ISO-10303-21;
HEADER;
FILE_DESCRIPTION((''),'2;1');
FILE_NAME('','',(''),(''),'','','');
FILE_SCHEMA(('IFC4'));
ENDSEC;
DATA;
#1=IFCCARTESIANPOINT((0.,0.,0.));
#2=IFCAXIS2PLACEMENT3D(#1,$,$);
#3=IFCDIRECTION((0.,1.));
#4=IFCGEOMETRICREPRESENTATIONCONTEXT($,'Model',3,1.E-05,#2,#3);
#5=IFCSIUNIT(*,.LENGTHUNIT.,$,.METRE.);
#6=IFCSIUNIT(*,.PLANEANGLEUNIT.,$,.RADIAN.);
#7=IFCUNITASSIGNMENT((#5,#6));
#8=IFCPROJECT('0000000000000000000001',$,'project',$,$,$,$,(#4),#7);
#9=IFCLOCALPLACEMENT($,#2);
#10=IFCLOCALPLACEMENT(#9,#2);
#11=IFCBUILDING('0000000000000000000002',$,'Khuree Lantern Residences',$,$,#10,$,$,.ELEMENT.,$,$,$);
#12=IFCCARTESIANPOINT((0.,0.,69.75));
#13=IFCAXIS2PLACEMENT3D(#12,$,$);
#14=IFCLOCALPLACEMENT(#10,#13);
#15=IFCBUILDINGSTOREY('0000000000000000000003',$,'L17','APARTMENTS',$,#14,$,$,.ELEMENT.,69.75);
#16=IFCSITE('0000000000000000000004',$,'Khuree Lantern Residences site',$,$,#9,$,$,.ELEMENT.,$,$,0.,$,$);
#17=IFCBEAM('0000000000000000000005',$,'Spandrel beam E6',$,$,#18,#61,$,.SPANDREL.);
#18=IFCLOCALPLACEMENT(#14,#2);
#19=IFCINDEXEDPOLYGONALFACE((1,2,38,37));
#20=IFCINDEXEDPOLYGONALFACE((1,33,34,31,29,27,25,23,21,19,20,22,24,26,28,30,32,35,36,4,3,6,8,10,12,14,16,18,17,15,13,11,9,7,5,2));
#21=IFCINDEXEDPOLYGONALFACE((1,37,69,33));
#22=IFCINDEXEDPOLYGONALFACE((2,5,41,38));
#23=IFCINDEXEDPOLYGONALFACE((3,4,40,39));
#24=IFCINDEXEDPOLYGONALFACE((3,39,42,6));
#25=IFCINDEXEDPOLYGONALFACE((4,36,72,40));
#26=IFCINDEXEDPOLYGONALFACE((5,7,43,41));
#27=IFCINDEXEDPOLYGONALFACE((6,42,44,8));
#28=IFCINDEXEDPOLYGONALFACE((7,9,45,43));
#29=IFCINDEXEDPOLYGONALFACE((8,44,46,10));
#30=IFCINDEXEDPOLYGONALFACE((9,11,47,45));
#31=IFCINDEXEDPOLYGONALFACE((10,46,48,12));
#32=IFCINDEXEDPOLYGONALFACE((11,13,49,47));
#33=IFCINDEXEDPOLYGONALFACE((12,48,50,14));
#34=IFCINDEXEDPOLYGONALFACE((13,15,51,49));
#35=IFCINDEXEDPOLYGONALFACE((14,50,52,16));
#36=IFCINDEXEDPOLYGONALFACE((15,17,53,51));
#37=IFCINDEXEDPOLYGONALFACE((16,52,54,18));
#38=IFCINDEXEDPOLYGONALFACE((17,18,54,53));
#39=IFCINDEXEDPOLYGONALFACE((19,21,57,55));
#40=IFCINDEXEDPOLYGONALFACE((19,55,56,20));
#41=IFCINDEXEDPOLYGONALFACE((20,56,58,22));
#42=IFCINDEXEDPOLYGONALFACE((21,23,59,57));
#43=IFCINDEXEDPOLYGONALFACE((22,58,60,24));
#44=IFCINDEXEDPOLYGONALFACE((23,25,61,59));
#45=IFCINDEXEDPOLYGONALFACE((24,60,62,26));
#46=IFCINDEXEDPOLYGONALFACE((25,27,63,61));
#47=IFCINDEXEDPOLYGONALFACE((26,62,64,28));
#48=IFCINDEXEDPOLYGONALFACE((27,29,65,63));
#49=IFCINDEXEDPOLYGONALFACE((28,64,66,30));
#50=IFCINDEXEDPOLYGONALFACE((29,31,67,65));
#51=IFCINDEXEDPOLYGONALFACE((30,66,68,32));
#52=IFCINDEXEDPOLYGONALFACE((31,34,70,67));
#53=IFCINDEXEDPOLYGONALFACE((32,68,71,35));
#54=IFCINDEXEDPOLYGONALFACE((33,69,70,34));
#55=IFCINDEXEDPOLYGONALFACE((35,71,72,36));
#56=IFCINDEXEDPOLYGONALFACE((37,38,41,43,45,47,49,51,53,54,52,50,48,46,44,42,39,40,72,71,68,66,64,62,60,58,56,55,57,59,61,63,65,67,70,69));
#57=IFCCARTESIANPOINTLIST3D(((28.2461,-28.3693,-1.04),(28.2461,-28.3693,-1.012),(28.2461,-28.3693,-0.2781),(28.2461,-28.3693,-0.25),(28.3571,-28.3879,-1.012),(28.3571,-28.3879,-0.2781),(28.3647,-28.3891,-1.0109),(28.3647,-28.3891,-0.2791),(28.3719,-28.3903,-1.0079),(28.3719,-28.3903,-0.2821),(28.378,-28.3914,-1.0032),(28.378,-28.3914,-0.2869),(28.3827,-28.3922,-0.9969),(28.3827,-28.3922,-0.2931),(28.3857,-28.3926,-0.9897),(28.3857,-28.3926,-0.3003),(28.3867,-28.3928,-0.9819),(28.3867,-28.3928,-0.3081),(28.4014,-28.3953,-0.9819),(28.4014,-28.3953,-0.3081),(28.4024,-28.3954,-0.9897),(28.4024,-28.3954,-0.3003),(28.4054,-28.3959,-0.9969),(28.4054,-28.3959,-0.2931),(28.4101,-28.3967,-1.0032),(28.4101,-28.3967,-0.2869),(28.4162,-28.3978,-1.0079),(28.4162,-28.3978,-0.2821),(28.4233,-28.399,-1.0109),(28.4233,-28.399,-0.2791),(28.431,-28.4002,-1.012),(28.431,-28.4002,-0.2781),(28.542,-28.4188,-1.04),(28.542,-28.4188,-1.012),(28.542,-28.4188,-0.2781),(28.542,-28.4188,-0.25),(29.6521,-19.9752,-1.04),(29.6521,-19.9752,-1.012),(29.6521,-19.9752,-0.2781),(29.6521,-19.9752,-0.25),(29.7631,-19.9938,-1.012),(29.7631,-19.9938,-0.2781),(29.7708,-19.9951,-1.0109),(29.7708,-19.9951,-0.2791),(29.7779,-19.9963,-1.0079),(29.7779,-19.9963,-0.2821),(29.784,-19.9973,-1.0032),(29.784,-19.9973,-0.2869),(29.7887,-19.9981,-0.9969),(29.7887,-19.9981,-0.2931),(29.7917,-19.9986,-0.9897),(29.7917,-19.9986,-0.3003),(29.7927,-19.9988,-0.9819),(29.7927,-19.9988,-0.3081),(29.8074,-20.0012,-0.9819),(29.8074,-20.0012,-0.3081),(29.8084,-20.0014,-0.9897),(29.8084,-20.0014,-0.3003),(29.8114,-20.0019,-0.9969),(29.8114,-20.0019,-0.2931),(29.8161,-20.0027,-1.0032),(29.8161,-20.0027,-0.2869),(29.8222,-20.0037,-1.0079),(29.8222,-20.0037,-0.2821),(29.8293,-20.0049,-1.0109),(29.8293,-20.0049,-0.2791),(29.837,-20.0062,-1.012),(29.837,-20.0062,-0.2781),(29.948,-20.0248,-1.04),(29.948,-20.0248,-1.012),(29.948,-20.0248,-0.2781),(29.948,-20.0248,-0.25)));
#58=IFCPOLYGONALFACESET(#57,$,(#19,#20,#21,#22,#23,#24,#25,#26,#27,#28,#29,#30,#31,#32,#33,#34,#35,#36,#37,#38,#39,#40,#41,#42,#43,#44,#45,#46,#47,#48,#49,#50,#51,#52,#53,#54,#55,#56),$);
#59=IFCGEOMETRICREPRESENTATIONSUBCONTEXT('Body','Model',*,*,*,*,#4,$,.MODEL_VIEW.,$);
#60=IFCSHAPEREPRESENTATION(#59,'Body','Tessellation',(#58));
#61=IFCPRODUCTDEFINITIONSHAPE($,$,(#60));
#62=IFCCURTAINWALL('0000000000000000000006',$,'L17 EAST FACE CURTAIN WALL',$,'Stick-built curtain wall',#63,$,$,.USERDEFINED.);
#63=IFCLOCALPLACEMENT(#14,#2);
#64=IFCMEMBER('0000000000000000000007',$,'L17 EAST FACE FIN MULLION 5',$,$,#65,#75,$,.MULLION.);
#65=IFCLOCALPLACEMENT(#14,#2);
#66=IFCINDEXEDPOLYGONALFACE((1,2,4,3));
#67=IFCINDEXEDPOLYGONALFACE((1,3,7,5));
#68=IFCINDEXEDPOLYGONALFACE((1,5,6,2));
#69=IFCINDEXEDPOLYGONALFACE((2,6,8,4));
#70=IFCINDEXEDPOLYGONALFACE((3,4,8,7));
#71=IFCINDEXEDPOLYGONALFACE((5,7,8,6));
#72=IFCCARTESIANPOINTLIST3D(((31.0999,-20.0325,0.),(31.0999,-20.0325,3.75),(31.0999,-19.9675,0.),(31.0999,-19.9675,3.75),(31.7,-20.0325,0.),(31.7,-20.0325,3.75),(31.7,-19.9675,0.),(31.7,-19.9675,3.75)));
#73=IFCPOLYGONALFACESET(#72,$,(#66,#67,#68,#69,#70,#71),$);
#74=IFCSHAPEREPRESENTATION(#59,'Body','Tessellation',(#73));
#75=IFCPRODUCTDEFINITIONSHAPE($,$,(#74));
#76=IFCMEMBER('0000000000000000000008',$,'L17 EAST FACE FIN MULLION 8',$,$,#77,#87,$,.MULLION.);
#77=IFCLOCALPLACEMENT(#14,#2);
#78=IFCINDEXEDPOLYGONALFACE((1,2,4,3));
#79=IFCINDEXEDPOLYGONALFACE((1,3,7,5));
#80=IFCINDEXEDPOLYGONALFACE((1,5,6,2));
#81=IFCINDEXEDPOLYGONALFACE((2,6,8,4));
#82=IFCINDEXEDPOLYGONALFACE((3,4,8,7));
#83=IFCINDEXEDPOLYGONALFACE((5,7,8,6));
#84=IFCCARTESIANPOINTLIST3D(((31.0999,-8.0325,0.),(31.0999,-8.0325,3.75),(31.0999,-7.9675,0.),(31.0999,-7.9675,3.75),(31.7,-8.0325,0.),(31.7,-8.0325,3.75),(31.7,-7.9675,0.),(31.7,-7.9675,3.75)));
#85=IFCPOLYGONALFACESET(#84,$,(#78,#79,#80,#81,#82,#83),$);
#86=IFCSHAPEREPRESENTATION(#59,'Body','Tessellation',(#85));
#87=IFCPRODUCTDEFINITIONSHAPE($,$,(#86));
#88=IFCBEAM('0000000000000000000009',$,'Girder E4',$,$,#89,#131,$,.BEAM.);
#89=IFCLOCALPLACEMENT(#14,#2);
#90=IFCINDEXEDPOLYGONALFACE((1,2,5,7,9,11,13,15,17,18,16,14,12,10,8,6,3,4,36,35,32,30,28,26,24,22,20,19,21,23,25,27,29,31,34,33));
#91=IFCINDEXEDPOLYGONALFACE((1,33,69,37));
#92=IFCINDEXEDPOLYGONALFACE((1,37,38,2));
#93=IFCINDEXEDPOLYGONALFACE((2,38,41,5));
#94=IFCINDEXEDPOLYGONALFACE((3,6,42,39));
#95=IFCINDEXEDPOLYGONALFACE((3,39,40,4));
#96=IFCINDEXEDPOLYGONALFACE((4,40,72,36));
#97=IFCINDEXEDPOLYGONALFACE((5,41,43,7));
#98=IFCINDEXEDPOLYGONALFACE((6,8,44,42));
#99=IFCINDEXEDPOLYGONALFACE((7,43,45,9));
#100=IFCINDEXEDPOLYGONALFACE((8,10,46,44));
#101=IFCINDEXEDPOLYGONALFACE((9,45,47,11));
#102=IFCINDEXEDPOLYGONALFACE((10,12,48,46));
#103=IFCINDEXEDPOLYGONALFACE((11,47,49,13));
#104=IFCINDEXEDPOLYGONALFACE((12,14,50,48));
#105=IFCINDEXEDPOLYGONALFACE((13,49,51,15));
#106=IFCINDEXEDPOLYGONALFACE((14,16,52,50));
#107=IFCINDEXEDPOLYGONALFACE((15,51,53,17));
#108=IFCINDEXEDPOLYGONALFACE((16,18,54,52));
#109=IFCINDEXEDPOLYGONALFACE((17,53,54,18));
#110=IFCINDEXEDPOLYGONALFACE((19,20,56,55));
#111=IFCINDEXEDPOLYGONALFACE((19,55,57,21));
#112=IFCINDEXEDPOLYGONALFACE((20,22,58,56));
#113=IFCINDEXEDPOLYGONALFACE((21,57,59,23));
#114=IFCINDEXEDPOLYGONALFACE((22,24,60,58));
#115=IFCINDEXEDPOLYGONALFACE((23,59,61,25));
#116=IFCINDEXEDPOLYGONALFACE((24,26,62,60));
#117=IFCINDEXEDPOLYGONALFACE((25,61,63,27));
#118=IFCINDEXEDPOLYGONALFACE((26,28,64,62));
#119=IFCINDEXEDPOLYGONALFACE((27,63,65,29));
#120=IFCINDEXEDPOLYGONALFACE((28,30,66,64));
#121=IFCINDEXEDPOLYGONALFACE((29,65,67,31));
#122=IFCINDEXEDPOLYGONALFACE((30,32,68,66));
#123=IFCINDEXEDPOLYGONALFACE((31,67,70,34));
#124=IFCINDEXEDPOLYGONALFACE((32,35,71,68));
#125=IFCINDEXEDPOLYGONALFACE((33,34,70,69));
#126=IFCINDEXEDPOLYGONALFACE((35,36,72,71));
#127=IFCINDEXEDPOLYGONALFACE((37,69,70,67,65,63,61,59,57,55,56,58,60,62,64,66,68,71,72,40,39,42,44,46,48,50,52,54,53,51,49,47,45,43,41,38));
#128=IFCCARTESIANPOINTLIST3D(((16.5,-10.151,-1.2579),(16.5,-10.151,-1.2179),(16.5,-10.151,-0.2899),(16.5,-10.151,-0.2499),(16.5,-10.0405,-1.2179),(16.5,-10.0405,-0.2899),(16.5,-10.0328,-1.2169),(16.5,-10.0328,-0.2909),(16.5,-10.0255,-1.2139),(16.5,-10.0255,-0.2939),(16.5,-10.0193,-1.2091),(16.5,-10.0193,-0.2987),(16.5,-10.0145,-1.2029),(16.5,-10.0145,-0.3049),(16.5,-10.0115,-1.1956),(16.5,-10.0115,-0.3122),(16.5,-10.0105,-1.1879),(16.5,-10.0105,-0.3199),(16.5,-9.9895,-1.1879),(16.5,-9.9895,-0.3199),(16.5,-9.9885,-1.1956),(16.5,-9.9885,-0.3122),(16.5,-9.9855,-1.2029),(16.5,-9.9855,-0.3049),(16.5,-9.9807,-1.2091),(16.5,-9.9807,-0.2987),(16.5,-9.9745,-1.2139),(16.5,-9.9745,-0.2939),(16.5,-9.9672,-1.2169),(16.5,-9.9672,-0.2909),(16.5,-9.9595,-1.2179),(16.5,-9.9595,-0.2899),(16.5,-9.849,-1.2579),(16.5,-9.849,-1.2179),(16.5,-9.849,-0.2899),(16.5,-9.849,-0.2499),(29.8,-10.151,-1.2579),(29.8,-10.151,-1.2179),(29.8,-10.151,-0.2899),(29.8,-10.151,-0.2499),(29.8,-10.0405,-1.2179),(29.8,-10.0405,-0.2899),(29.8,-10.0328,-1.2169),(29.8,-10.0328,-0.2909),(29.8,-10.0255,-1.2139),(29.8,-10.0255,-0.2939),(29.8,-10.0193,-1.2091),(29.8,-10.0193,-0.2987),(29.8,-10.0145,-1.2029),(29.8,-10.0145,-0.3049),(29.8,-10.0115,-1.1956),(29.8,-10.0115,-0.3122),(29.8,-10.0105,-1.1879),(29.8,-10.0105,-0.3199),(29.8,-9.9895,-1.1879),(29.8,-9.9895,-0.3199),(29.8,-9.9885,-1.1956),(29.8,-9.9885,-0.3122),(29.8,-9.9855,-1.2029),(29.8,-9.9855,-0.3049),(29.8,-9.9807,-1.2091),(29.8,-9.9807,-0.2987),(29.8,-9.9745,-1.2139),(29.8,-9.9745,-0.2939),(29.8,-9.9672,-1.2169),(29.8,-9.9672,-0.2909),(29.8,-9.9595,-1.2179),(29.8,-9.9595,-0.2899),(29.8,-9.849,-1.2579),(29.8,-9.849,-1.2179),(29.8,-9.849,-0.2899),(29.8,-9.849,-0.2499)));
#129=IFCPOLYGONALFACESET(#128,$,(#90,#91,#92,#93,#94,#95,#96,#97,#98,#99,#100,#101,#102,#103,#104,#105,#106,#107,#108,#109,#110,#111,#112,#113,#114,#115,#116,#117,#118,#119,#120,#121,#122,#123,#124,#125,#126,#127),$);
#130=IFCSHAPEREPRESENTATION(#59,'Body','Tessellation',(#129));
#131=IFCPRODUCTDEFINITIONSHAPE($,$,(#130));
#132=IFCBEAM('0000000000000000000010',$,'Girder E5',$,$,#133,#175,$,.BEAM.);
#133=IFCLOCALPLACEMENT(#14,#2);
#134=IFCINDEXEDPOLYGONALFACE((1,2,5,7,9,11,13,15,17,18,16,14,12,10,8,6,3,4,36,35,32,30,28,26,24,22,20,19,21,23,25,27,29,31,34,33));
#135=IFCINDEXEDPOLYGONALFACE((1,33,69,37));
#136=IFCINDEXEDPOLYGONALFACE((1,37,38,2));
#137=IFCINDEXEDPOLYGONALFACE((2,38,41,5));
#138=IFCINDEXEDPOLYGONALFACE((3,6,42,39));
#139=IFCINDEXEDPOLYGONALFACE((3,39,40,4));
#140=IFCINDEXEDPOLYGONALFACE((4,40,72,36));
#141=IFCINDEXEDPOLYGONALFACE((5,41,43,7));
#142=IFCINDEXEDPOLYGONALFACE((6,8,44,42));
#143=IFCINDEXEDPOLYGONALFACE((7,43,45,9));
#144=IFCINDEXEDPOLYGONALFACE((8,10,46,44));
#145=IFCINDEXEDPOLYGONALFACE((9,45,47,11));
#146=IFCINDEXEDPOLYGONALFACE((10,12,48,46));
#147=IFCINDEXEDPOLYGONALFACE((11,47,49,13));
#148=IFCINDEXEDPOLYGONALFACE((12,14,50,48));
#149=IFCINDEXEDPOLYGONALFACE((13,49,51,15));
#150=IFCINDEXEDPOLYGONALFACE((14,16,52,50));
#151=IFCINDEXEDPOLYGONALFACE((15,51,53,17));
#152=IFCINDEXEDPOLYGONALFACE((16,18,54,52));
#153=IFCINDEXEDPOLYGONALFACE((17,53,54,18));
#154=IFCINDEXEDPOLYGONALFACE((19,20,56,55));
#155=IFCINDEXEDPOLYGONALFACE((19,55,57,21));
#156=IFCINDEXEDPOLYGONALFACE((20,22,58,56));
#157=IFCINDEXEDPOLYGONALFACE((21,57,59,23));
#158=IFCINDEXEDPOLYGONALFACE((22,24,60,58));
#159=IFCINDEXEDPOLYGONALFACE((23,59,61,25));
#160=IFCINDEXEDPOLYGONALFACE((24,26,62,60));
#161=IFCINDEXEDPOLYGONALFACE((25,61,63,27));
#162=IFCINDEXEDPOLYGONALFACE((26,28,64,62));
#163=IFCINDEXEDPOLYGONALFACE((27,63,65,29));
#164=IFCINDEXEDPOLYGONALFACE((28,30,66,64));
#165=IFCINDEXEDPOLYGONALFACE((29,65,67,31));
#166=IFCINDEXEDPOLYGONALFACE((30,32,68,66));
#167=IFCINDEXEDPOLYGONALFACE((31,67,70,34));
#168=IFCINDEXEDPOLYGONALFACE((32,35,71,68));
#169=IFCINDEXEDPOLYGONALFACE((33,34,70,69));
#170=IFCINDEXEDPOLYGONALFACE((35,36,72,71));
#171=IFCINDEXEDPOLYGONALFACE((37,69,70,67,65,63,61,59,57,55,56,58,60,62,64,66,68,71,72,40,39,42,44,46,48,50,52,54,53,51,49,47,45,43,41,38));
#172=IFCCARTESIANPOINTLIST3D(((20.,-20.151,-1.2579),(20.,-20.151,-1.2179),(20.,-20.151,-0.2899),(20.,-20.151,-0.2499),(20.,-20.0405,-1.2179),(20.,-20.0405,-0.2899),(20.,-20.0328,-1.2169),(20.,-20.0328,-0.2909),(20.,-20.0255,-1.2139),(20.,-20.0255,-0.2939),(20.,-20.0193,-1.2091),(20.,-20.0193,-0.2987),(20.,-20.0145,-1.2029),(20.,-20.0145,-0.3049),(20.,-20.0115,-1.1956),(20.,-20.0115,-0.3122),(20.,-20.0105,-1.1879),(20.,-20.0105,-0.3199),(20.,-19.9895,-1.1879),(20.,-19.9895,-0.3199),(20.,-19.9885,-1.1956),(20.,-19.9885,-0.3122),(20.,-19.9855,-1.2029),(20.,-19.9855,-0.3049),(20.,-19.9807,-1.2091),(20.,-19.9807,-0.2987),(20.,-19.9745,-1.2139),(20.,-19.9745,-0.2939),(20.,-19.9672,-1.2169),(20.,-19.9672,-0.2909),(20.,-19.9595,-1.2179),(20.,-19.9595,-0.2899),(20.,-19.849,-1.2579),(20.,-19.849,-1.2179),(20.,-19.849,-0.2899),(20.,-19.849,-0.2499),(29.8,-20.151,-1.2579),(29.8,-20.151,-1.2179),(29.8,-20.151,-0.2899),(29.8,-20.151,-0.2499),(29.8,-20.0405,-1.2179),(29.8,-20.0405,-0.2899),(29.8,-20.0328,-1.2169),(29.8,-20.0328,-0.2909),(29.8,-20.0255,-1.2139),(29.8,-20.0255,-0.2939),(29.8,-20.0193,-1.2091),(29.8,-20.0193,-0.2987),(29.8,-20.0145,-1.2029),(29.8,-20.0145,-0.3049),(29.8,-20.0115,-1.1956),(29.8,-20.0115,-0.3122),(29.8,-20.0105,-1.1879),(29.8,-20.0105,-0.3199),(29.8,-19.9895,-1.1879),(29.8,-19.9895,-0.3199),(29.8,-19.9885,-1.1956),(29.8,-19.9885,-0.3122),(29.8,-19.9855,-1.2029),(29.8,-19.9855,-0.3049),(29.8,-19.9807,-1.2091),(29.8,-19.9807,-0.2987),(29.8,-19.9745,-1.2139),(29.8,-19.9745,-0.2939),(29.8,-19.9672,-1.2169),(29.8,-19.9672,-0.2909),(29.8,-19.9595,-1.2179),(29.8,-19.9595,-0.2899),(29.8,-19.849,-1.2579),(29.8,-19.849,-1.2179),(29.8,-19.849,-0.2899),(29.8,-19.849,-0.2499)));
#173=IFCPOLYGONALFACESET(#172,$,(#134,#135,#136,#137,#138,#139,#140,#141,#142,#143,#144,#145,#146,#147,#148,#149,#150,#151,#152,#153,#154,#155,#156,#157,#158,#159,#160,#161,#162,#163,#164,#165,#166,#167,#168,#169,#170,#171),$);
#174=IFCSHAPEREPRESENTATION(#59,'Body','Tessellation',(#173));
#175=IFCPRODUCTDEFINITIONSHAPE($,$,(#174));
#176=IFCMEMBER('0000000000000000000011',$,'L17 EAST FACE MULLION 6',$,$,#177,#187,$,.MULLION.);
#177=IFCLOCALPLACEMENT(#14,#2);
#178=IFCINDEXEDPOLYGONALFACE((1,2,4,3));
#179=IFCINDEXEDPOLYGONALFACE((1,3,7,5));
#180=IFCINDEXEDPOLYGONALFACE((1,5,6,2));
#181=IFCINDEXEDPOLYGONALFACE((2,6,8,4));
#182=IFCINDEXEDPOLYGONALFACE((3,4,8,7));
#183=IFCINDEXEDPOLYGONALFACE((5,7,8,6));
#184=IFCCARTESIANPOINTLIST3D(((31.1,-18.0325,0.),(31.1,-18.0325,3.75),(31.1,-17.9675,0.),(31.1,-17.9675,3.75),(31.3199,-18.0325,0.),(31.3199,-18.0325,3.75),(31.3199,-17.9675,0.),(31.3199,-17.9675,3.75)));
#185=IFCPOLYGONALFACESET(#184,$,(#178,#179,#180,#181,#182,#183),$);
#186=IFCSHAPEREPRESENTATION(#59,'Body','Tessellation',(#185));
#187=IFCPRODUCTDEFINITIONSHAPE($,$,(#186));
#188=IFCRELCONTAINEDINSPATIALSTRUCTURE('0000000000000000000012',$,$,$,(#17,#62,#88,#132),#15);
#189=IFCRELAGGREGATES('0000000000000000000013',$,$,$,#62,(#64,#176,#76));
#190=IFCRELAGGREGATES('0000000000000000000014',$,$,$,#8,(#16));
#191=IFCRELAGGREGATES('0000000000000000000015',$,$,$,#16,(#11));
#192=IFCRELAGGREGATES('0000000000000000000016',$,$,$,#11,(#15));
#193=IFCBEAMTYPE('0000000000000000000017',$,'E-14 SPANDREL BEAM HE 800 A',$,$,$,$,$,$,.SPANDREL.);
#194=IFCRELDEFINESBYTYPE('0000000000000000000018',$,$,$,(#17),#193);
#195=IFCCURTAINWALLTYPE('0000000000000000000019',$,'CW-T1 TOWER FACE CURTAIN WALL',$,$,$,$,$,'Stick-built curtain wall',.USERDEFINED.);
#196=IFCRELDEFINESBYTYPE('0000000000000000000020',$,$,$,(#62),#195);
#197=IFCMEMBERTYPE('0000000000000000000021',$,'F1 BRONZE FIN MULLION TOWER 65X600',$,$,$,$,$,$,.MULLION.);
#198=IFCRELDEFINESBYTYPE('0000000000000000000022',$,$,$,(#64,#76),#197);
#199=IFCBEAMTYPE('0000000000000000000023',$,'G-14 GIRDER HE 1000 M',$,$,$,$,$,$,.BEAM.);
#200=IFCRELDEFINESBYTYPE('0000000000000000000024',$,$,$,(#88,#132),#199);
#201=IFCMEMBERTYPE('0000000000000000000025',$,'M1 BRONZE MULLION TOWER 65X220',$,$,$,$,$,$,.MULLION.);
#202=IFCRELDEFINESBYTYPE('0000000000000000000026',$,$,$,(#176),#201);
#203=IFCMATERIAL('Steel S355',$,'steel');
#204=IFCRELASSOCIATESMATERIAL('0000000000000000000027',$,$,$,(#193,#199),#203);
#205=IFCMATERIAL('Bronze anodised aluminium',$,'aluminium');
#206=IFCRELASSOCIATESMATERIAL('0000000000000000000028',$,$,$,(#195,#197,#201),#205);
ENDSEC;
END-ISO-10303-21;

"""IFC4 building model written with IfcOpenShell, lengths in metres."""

from ifc_helpers import new_model, si_unit, direction, frame, origin, origin_2d, place, context, subcontext, project, spatial, rectangle, i_section, extrude, material, material_profile, profile_set, type_object, element, aggregate, save


model = new_model("IFC4")

# Units and contexts
model_context = context("Model", 3, precision=1e-05, world=origin(), true_north=direction((0.0, 1.0)))
body_context = subcontext(model_context, "Body", "Model", "MODEL_VIEW")
ifc_project = project(units=[si_unit("LENGTHUNIT", "METRE"), si_unit("PLANEANGLEUNIT", "RADIAN")], contexts=[model_context])

# Site, building, storey
site_placement = place(None, origin())
site = spatial("IfcSite", under=ifc_project, at=site_placement, Name="Khuree Lantern Residences site", CompositionType="ELEMENT", RefElevation=0.0)
building_placement = place(site_placement, origin())
building = spatial("IfcBuilding", under=site, at=building_placement, Name="Khuree Lantern Residences", CompositionType="ELEMENT")
storey_placement = place(building_placement, frame((0.0, 0.0, 69.75)))
storey = spatial("IfcBuildingStorey", under=building, at=storey_placement, Name="L17", Description="APARTMENTS", CompositionType="ELEMENT", Elevation=69.75)

# Beam
ifc_material_1 = material(Name="Steel S355", Category="steel")
ifc_material_profile_1 = material_profile(ifc_material_1, i_section(OverallWidth=0.3, OverallDepth=0.79, WebThickness=0.0149, FlangeThickness=0.0281, FilletRadius=0.03, at=origin_2d()), Name="HE 800 A")
ifc_profile_set_1 = profile_set([ifc_material_profile_1], Name="Steel S355")
beam_type_1 = type_object("IfcBeamType", Name="E-14 SPANDREL BEAM HE 800 A", PredefinedType="SPANDREL", material=ifc_profile_set_1)
beam_1_placement = place(storey_placement, frame((29.8, -20.0, -0.645), z_axis=(-0.165199, -0.98626, 0.0), x_axis=(0.98626, -0.165199, 0.0)))
element("IfcBeam", 1, at=beam_1_placement, inside=storey, type_object=beam_type_1, Name="Spandrel beam E6", PredefinedType="SPANDREL", context=body_context, shape_type="SweptSolid", body=[
    extrude(i_section(OverallWidth=0.3, OverallDepth=0.79, WebThickness=0.0149, FlangeThickness=0.0281, FilletRadius=0.03, at=origin_2d()), origin(), (0.0, 0.0, 1.0), 8.511),
])

# Curtain wall, members
ifc_material_2 = material(Name="Bronze anodised aluminium", Category="aluminium")
curtain_wall_type = type_object("IfcCurtainWallType", Name="CW-T1 TOWER FACE CURTAIN WALL", ElementType="Stick-built curtain wall", PredefinedType="USERDEFINED", material=ifc_material_2)
curtain_wall_placement = place(storey_placement, origin())
curtain_wall = element("IfcCurtainWall", 2, at=curtain_wall_placement, inside=storey, type_object=curtain_wall_type, Name="L17 EAST FACE CURTAIN WALL", ObjectType="Stick-built curtain wall", PredefinedType="USERDEFINED")
ifc_material_profile_2 = material_profile(ifc_material_2, rectangle(XDim=0.0649, YDim=0.6001, at=origin_2d()), Name="F1 65X600")
ifc_profile_set_2 = profile_set([ifc_material_profile_2], Name="Bronze anodised aluminium")
member_type_1 = type_object("IfcMemberType", Name="F1 BRONZE FIN MULLION TOWER 65X600", PredefinedType="MULLION", material=ifc_profile_set_2)
member_1_placement = place(storey_placement, frame((31.3999, -20.0, 0.0), z_axis=(0.0, 0.0, 1.0), x_axis=(0.0, 1.0, 0.0)))
member_1 = element("IfcMember", 3, at=member_1_placement, type_object=member_type_1, Name="L17 EAST FACE FIN MULLION 5", PredefinedType="MULLION", context=body_context, shape_type="SweptSolid", body=[
    extrude(rectangle(XDim=0.0649, YDim=0.6001, at=origin_2d()), origin(), (0.0, 0.0, 1.0), 3.75),
])
member_2_placement = place(storey_placement, frame((31.3999, -8.0, 0.0), z_axis=(0.0, 0.0, 1.0), x_axis=(0.0, 1.0, 0.0)))
member_2 = element("IfcMember", 4, at=member_2_placement, type_object=member_type_1, Name="L17 EAST FACE FIN MULLION 8", PredefinedType="MULLION", context=body_context, shape_type="SweptSolid", body=[
    extrude(rectangle(XDim=0.0649, YDim=0.6001, at=origin_2d()), origin(), (0.0, 0.0, 1.0), 3.75),
])

# Beams
ifc_material_profile_3 = material_profile(ifc_material_1, i_section(OverallWidth=0.302, OverallDepth=1.0081, WebThickness=0.021, FlangeThickness=0.04, FilletRadius=0.03, at=origin_2d()), Name="HE 1000 M")
ifc_profile_set_3 = profile_set([ifc_material_profile_3], Name="Steel S355")
beam_type_2 = type_object("IfcBeamType", Name="G-14 GIRDER HE 1000 M", PredefinedType="BEAM", material=ifc_profile_set_3)
beam_2_placement = place(storey_placement, frame((29.8, -10.0, -0.7539), z_axis=(-1.0, 0.0, 0.0), x_axis=(0.0, -1.0, 0.0)))
element("IfcBeam", 5, at=beam_2_placement, inside=storey, type_object=beam_type_2, Name="Girder E4", PredefinedType="BEAM", context=body_context, shape_type="SweptSolid", body=[
    extrude(i_section(OverallWidth=0.302, OverallDepth=1.0081, WebThickness=0.021, FlangeThickness=0.04, FilletRadius=0.03, at=origin_2d()), origin(), (0.0, 0.0, 1.0), 13.3),
])
beam_3_placement = place(storey_placement, frame((29.8, -20.0, -0.7539), z_axis=(-1.0, 0.0, 0.0), x_axis=(0.0, -1.0, 0.0)))
element("IfcBeam", 6, at=beam_3_placement, inside=storey, type_object=beam_type_2, Name="Girder E5", PredefinedType="BEAM", context=body_context, shape_type="SweptSolid", body=[
    extrude(i_section(OverallWidth=0.302, OverallDepth=1.0081, WebThickness=0.021, FlangeThickness=0.04, FilletRadius=0.03, at=origin_2d()), origin(), (0.0, 0.0, 1.0), 9.8),
])

# Member
ifc_material_profile_4 = material_profile(ifc_material_2, rectangle(XDim=0.0649, YDim=0.22, at=origin_2d()), Name="M1 65X220")
ifc_profile_set_4 = profile_set([ifc_material_profile_4], Name="Bronze anodised aluminium")
member_type_2 = type_object("IfcMemberType", Name="M1 BRONZE MULLION TOWER 65X220", PredefinedType="MULLION", material=ifc_profile_set_4)
member_3_placement = place(storey_placement, frame((31.21, -18.0, 0.0), z_axis=(0.0, 0.0, 1.0), x_axis=(0.0, 1.0, 0.0)))
member_3 = element("IfcMember", 7, at=member_3_placement, type_object=member_type_2, Name="L17 EAST FACE MULLION 6", PredefinedType="MULLION", context=body_context, shape_type="SweptSolid", body=[
    extrude(rectangle(XDim=0.0649, YDim=0.22, at=origin_2d()), origin(), (0.0, 0.0, 1.0), 3.75),
])

aggregate(curtain_wall, [member_1, member_3, member_2])

save(model, "model.ifc")
